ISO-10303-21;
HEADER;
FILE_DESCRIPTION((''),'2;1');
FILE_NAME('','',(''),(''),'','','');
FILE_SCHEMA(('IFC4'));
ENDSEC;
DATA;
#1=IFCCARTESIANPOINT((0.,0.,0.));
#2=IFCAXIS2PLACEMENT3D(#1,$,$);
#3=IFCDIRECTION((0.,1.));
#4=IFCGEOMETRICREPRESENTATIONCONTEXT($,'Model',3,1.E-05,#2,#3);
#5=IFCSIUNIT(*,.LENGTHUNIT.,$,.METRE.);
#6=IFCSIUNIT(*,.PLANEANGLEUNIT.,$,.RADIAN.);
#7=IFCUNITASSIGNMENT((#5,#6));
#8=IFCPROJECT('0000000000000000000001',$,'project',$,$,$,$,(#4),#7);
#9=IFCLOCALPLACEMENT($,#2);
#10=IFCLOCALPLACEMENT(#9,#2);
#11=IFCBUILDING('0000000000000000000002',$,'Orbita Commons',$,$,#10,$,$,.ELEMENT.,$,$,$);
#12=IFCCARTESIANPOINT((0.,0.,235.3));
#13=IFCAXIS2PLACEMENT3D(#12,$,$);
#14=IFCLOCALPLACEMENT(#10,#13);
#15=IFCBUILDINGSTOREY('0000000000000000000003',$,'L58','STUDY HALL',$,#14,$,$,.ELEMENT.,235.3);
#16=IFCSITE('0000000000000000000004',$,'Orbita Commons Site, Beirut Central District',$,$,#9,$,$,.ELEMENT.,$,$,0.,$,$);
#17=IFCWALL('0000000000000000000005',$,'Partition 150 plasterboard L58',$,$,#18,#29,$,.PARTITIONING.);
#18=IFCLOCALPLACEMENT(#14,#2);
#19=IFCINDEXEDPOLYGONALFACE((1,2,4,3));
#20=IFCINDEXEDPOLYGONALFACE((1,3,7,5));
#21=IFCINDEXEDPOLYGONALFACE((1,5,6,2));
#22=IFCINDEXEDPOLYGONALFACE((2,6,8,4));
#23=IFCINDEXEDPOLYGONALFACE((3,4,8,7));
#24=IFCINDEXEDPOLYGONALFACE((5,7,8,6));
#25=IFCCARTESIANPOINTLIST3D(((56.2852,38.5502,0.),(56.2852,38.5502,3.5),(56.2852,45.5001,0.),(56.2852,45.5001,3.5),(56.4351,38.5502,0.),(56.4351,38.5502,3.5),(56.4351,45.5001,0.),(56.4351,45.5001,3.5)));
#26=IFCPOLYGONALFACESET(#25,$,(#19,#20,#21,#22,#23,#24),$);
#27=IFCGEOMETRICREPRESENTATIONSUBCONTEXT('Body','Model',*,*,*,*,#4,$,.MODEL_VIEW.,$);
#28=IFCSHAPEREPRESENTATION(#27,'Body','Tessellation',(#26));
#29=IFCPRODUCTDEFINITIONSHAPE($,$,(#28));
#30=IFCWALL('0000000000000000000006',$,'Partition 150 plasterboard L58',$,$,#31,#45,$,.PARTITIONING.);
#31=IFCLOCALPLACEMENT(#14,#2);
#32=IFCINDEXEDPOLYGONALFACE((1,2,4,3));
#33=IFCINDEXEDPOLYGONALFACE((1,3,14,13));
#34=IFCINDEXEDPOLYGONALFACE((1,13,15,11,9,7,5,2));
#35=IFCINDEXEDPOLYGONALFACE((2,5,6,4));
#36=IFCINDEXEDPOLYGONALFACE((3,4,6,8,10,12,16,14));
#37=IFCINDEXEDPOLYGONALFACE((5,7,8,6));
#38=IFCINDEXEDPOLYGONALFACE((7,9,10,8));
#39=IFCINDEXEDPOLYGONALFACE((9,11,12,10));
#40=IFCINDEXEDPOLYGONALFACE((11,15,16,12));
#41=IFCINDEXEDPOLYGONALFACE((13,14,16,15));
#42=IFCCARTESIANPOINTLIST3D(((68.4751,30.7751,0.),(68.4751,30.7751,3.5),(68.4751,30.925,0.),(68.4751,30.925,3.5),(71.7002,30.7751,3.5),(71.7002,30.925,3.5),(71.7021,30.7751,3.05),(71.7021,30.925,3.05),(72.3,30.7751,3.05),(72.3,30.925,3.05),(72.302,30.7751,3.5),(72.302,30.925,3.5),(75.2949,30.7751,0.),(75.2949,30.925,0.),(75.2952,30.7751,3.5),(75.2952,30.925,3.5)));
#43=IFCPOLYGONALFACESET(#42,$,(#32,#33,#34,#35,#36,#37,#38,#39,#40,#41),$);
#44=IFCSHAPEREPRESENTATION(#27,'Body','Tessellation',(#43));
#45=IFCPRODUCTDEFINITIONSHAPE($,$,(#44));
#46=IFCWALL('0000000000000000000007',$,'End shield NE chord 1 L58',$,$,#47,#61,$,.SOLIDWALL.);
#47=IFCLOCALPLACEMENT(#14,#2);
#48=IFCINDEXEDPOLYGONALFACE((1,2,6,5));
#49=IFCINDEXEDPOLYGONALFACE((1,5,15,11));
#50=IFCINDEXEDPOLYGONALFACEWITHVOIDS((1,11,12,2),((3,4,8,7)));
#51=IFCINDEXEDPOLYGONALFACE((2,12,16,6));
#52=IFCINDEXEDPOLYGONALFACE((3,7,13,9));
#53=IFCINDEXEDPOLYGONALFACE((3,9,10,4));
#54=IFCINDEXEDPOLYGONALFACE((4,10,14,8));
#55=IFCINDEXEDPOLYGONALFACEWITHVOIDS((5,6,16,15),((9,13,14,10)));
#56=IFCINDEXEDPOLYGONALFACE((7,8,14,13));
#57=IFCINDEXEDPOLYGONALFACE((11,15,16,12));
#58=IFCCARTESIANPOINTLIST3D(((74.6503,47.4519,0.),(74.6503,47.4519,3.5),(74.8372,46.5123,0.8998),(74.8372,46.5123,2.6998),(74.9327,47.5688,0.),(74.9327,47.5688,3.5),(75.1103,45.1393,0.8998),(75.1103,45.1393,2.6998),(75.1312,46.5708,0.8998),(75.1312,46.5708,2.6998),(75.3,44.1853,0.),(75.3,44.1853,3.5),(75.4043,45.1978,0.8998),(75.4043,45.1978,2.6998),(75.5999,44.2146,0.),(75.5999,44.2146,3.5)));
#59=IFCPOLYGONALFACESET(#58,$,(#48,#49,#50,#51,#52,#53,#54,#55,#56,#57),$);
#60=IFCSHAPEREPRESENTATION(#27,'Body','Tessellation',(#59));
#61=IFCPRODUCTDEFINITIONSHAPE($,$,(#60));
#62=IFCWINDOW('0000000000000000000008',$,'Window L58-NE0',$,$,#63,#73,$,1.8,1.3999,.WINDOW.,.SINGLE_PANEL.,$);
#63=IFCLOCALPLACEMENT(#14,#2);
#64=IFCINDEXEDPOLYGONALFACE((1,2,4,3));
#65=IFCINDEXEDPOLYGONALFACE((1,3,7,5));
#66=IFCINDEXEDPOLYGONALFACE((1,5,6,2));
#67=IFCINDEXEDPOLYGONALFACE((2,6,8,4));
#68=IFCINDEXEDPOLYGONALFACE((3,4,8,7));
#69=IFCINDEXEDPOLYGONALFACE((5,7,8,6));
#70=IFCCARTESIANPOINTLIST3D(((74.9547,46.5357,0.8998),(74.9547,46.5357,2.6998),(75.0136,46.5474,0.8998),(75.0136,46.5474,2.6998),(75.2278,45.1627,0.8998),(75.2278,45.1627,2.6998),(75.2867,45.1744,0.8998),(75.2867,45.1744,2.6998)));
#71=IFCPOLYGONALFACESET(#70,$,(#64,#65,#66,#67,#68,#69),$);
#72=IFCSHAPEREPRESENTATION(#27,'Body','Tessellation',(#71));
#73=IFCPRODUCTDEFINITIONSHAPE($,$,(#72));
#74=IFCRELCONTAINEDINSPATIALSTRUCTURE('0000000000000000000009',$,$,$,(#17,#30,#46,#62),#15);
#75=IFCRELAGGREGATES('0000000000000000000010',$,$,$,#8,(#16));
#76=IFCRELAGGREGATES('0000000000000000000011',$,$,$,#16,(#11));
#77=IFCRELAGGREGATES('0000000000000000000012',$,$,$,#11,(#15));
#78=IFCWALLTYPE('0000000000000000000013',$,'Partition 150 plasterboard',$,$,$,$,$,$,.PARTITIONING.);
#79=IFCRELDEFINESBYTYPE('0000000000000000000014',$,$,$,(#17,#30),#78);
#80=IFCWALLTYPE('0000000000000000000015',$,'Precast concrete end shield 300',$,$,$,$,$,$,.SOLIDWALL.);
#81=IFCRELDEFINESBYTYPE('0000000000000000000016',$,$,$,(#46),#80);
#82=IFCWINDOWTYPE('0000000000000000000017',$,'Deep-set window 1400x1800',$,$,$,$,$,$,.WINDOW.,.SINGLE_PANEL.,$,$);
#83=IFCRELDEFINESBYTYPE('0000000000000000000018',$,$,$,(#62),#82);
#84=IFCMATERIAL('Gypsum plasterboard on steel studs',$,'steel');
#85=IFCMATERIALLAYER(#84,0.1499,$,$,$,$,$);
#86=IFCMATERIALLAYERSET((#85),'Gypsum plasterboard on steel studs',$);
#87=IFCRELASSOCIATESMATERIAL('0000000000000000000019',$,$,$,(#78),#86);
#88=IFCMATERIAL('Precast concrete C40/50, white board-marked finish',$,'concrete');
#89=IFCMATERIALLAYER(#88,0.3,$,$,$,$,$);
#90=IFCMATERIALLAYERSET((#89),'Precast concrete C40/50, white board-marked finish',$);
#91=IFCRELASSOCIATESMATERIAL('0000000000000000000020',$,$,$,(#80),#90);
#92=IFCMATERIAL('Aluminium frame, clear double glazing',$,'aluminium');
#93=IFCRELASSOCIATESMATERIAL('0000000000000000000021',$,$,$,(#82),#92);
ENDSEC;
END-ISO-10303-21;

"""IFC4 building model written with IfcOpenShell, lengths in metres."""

from ifc_helpers import new_model, si_unit, direction, frame, frame_2d, origin, place, context, subcontext, project, spatial, polyline, rectangle, outline, extrude, material, layer, layer_set, type_object, element, fill, save


model = new_model("IFC4")

# Units and contexts
model_context = context("Model", 3, precision=1e-05, world=origin(), true_north=direction((0.0, 1.0)))
body_context = subcontext(model_context, "Body", "Model", "MODEL_VIEW")
ifc_project = project(units=[si_unit("LENGTHUNIT", "METRE"), si_unit("PLANEANGLEUNIT", "RADIAN")], contexts=[model_context])

# Site, building, storey
site_placement = place(None, origin())
site = spatial("IfcSite", under=ifc_project, at=site_placement, Name="Orbita Commons Site, Beirut Central District", CompositionType="ELEMENT", RefElevation=0.0)
building_placement = place(site_placement, origin())
building = spatial("IfcBuilding", under=site, at=building_placement, Name="Orbita Commons", CompositionType="ELEMENT")
storey_placement = place(building_placement, frame((0.0, 0.0, 235.3)))
storey = spatial("IfcBuildingStorey", under=building, at=storey_placement, Name="L58", Description="STUDY HALL", CompositionType="ELEMENT", Elevation=235.3)

# Walls
ifc_material_1 = material(Name="Gypsum plasterboard on steel studs", Category="steel")
ifc_layer_1 = layer(ifc_material_1, 0.1499)
ifc_layer_set_1 = layer_set([ifc_layer_1], Name="Gypsum plasterboard on steel studs")
wall_type_1 = type_object("IfcWallType", Name="Partition 150 plasterboard", PredefinedType="PARTITIONING", material=ifc_layer_set_1)
wall_1_placement = place(storey_placement, frame((56.3601, 38.55, 0.0), z_axis=(0.0, 0.0, 1.0), x_axis=(0.0, 1.0, 0.0)))
element("IfcWall", 1, at=wall_1_placement, inside=storey, type_object=wall_type_1, Name="Partition 150 plasterboard L58", PredefinedType="PARTITIONING", context=body_context, shape_type="SweptSolid", body=[
    extrude(rectangle(XDim=6.95, YDim=0.1499, at=frame_2d((3.4751, 0.0))), origin(), (0.0, 0.0, 1.0), 3.5),
])
wall_2_placement = place(storey_placement, frame((68.4751, 30.8501, 0.0), z_axis=(0.0, 0.0, 1.0), x_axis=(1.0, 0.0, 0.0)))
element("IfcWall", 2, at=wall_2_placement, inside=storey, type_object=wall_type_1, Name="Partition 150 plasterboard L58", PredefinedType="PARTITIONING", context=body_context, shape_type="SweptSolid", body=[
    extrude(outline(polyline([(0.0, 0.0), (6.8198, 0.0), (6.8201, 3.5), (3.8269, 3.5), (3.825, 3.05), (3.2271, 3.05), (3.2251, 3.5), (0.0, 3.5), (0.0, 0.0)])), frame((0.0, 0.075, 0.0), z_axis=(0.0, -1.0, 0.0), x_axis=(1.0, 0.0, 0.0)), (0.0, 0.0, 1.0), 0.1499),
])

# Wall, opening, window
ifc_material_2 = material(Name="Precast concrete C40/50, white board-marked finish", Category="concrete")
ifc_layer_2 = layer(ifc_material_2, 0.3)
ifc_layer_set_2 = layer_set([ifc_layer_2], Name="Precast concrete C40/50, white board-marked finish")
wall_type_2 = type_object("IfcWallType", Name="Precast concrete end shield 300", PredefinedType="SOLIDWALL", material=ifc_layer_set_2)
wall_3_placement = place(storey_placement, frame((75.45, 44.2, 0.0), z_axis=(0.0, 0.0, 1.0), x_axis=(-0.195087, 0.980786, 0.0)))
wall_3 = element("IfcWall", 3, at=wall_3_placement, inside=storey, type_object=wall_type_2, Name="End shield NE chord 1 L58", PredefinedType="SOLIDWALL", context=body_context, shape_type="SweptSolid", body=[
    extrude(outline(polyline([(-0.0149, -0.1499), (3.405, -0.1499), (3.3455, 0.1499), (0.0149, 0.1499), (-0.0149, -0.1499)])), origin(), (0.0, 0.0, 1.0), 3.5),
])
opening_1_placement = place(wall_3_placement, frame((0.9875, 0.0, 0.8999)))
opening_1 = element("IfcOpeningElement", 4, at=opening_1_placement, cuts=wall_3, PredefinedType="OPENING", context=body_context, shape_type="SweptSolid", body=[
    extrude(rectangle(XDim=1.3999, YDim=1.8, at=frame_2d((0.7, 0.8999))), frame((0.0, 0.1599, 0.0), z_axis=(0.0, -1.0, 0.0), x_axis=(1.0, 0.0, 0.0)), (0.0, 0.0, 1.0), 0.3201),
])
ifc_material_3 = material(Name="Aluminium frame, clear double glazing", Category="aluminium")
window_type = type_object("IfcWindowType", Name="Deep-set window 1400x1800", PartitioningType="SINGLE_PANEL", PredefinedType="WINDOW", material=ifc_material_3)
window_placement = place(opening_1_placement, origin())
window = element("IfcWindow", 5, at=window_placement, inside=storey, type_object=window_type, Name="Window L58-NE0", OverallHeight=1.8, OverallWidth=1.3999, PartitioningType="SINGLE_PANEL", PredefinedType="WINDOW", context=body_context, shape_type="SweptSolid", body=[
    extrude(rectangle(XDim=1.3999, YDim=1.8, at=frame_2d((0.7, 0.8999))), frame((0.0, 0.03, 0.0), z_axis=(0.0, -1.0, 0.0), x_axis=(1.0, 0.0, 0.0)), (0.0, 0.0, 1.0), 0.0601),
])
fill(opening_1, window)

save(model, "model.ifc")
